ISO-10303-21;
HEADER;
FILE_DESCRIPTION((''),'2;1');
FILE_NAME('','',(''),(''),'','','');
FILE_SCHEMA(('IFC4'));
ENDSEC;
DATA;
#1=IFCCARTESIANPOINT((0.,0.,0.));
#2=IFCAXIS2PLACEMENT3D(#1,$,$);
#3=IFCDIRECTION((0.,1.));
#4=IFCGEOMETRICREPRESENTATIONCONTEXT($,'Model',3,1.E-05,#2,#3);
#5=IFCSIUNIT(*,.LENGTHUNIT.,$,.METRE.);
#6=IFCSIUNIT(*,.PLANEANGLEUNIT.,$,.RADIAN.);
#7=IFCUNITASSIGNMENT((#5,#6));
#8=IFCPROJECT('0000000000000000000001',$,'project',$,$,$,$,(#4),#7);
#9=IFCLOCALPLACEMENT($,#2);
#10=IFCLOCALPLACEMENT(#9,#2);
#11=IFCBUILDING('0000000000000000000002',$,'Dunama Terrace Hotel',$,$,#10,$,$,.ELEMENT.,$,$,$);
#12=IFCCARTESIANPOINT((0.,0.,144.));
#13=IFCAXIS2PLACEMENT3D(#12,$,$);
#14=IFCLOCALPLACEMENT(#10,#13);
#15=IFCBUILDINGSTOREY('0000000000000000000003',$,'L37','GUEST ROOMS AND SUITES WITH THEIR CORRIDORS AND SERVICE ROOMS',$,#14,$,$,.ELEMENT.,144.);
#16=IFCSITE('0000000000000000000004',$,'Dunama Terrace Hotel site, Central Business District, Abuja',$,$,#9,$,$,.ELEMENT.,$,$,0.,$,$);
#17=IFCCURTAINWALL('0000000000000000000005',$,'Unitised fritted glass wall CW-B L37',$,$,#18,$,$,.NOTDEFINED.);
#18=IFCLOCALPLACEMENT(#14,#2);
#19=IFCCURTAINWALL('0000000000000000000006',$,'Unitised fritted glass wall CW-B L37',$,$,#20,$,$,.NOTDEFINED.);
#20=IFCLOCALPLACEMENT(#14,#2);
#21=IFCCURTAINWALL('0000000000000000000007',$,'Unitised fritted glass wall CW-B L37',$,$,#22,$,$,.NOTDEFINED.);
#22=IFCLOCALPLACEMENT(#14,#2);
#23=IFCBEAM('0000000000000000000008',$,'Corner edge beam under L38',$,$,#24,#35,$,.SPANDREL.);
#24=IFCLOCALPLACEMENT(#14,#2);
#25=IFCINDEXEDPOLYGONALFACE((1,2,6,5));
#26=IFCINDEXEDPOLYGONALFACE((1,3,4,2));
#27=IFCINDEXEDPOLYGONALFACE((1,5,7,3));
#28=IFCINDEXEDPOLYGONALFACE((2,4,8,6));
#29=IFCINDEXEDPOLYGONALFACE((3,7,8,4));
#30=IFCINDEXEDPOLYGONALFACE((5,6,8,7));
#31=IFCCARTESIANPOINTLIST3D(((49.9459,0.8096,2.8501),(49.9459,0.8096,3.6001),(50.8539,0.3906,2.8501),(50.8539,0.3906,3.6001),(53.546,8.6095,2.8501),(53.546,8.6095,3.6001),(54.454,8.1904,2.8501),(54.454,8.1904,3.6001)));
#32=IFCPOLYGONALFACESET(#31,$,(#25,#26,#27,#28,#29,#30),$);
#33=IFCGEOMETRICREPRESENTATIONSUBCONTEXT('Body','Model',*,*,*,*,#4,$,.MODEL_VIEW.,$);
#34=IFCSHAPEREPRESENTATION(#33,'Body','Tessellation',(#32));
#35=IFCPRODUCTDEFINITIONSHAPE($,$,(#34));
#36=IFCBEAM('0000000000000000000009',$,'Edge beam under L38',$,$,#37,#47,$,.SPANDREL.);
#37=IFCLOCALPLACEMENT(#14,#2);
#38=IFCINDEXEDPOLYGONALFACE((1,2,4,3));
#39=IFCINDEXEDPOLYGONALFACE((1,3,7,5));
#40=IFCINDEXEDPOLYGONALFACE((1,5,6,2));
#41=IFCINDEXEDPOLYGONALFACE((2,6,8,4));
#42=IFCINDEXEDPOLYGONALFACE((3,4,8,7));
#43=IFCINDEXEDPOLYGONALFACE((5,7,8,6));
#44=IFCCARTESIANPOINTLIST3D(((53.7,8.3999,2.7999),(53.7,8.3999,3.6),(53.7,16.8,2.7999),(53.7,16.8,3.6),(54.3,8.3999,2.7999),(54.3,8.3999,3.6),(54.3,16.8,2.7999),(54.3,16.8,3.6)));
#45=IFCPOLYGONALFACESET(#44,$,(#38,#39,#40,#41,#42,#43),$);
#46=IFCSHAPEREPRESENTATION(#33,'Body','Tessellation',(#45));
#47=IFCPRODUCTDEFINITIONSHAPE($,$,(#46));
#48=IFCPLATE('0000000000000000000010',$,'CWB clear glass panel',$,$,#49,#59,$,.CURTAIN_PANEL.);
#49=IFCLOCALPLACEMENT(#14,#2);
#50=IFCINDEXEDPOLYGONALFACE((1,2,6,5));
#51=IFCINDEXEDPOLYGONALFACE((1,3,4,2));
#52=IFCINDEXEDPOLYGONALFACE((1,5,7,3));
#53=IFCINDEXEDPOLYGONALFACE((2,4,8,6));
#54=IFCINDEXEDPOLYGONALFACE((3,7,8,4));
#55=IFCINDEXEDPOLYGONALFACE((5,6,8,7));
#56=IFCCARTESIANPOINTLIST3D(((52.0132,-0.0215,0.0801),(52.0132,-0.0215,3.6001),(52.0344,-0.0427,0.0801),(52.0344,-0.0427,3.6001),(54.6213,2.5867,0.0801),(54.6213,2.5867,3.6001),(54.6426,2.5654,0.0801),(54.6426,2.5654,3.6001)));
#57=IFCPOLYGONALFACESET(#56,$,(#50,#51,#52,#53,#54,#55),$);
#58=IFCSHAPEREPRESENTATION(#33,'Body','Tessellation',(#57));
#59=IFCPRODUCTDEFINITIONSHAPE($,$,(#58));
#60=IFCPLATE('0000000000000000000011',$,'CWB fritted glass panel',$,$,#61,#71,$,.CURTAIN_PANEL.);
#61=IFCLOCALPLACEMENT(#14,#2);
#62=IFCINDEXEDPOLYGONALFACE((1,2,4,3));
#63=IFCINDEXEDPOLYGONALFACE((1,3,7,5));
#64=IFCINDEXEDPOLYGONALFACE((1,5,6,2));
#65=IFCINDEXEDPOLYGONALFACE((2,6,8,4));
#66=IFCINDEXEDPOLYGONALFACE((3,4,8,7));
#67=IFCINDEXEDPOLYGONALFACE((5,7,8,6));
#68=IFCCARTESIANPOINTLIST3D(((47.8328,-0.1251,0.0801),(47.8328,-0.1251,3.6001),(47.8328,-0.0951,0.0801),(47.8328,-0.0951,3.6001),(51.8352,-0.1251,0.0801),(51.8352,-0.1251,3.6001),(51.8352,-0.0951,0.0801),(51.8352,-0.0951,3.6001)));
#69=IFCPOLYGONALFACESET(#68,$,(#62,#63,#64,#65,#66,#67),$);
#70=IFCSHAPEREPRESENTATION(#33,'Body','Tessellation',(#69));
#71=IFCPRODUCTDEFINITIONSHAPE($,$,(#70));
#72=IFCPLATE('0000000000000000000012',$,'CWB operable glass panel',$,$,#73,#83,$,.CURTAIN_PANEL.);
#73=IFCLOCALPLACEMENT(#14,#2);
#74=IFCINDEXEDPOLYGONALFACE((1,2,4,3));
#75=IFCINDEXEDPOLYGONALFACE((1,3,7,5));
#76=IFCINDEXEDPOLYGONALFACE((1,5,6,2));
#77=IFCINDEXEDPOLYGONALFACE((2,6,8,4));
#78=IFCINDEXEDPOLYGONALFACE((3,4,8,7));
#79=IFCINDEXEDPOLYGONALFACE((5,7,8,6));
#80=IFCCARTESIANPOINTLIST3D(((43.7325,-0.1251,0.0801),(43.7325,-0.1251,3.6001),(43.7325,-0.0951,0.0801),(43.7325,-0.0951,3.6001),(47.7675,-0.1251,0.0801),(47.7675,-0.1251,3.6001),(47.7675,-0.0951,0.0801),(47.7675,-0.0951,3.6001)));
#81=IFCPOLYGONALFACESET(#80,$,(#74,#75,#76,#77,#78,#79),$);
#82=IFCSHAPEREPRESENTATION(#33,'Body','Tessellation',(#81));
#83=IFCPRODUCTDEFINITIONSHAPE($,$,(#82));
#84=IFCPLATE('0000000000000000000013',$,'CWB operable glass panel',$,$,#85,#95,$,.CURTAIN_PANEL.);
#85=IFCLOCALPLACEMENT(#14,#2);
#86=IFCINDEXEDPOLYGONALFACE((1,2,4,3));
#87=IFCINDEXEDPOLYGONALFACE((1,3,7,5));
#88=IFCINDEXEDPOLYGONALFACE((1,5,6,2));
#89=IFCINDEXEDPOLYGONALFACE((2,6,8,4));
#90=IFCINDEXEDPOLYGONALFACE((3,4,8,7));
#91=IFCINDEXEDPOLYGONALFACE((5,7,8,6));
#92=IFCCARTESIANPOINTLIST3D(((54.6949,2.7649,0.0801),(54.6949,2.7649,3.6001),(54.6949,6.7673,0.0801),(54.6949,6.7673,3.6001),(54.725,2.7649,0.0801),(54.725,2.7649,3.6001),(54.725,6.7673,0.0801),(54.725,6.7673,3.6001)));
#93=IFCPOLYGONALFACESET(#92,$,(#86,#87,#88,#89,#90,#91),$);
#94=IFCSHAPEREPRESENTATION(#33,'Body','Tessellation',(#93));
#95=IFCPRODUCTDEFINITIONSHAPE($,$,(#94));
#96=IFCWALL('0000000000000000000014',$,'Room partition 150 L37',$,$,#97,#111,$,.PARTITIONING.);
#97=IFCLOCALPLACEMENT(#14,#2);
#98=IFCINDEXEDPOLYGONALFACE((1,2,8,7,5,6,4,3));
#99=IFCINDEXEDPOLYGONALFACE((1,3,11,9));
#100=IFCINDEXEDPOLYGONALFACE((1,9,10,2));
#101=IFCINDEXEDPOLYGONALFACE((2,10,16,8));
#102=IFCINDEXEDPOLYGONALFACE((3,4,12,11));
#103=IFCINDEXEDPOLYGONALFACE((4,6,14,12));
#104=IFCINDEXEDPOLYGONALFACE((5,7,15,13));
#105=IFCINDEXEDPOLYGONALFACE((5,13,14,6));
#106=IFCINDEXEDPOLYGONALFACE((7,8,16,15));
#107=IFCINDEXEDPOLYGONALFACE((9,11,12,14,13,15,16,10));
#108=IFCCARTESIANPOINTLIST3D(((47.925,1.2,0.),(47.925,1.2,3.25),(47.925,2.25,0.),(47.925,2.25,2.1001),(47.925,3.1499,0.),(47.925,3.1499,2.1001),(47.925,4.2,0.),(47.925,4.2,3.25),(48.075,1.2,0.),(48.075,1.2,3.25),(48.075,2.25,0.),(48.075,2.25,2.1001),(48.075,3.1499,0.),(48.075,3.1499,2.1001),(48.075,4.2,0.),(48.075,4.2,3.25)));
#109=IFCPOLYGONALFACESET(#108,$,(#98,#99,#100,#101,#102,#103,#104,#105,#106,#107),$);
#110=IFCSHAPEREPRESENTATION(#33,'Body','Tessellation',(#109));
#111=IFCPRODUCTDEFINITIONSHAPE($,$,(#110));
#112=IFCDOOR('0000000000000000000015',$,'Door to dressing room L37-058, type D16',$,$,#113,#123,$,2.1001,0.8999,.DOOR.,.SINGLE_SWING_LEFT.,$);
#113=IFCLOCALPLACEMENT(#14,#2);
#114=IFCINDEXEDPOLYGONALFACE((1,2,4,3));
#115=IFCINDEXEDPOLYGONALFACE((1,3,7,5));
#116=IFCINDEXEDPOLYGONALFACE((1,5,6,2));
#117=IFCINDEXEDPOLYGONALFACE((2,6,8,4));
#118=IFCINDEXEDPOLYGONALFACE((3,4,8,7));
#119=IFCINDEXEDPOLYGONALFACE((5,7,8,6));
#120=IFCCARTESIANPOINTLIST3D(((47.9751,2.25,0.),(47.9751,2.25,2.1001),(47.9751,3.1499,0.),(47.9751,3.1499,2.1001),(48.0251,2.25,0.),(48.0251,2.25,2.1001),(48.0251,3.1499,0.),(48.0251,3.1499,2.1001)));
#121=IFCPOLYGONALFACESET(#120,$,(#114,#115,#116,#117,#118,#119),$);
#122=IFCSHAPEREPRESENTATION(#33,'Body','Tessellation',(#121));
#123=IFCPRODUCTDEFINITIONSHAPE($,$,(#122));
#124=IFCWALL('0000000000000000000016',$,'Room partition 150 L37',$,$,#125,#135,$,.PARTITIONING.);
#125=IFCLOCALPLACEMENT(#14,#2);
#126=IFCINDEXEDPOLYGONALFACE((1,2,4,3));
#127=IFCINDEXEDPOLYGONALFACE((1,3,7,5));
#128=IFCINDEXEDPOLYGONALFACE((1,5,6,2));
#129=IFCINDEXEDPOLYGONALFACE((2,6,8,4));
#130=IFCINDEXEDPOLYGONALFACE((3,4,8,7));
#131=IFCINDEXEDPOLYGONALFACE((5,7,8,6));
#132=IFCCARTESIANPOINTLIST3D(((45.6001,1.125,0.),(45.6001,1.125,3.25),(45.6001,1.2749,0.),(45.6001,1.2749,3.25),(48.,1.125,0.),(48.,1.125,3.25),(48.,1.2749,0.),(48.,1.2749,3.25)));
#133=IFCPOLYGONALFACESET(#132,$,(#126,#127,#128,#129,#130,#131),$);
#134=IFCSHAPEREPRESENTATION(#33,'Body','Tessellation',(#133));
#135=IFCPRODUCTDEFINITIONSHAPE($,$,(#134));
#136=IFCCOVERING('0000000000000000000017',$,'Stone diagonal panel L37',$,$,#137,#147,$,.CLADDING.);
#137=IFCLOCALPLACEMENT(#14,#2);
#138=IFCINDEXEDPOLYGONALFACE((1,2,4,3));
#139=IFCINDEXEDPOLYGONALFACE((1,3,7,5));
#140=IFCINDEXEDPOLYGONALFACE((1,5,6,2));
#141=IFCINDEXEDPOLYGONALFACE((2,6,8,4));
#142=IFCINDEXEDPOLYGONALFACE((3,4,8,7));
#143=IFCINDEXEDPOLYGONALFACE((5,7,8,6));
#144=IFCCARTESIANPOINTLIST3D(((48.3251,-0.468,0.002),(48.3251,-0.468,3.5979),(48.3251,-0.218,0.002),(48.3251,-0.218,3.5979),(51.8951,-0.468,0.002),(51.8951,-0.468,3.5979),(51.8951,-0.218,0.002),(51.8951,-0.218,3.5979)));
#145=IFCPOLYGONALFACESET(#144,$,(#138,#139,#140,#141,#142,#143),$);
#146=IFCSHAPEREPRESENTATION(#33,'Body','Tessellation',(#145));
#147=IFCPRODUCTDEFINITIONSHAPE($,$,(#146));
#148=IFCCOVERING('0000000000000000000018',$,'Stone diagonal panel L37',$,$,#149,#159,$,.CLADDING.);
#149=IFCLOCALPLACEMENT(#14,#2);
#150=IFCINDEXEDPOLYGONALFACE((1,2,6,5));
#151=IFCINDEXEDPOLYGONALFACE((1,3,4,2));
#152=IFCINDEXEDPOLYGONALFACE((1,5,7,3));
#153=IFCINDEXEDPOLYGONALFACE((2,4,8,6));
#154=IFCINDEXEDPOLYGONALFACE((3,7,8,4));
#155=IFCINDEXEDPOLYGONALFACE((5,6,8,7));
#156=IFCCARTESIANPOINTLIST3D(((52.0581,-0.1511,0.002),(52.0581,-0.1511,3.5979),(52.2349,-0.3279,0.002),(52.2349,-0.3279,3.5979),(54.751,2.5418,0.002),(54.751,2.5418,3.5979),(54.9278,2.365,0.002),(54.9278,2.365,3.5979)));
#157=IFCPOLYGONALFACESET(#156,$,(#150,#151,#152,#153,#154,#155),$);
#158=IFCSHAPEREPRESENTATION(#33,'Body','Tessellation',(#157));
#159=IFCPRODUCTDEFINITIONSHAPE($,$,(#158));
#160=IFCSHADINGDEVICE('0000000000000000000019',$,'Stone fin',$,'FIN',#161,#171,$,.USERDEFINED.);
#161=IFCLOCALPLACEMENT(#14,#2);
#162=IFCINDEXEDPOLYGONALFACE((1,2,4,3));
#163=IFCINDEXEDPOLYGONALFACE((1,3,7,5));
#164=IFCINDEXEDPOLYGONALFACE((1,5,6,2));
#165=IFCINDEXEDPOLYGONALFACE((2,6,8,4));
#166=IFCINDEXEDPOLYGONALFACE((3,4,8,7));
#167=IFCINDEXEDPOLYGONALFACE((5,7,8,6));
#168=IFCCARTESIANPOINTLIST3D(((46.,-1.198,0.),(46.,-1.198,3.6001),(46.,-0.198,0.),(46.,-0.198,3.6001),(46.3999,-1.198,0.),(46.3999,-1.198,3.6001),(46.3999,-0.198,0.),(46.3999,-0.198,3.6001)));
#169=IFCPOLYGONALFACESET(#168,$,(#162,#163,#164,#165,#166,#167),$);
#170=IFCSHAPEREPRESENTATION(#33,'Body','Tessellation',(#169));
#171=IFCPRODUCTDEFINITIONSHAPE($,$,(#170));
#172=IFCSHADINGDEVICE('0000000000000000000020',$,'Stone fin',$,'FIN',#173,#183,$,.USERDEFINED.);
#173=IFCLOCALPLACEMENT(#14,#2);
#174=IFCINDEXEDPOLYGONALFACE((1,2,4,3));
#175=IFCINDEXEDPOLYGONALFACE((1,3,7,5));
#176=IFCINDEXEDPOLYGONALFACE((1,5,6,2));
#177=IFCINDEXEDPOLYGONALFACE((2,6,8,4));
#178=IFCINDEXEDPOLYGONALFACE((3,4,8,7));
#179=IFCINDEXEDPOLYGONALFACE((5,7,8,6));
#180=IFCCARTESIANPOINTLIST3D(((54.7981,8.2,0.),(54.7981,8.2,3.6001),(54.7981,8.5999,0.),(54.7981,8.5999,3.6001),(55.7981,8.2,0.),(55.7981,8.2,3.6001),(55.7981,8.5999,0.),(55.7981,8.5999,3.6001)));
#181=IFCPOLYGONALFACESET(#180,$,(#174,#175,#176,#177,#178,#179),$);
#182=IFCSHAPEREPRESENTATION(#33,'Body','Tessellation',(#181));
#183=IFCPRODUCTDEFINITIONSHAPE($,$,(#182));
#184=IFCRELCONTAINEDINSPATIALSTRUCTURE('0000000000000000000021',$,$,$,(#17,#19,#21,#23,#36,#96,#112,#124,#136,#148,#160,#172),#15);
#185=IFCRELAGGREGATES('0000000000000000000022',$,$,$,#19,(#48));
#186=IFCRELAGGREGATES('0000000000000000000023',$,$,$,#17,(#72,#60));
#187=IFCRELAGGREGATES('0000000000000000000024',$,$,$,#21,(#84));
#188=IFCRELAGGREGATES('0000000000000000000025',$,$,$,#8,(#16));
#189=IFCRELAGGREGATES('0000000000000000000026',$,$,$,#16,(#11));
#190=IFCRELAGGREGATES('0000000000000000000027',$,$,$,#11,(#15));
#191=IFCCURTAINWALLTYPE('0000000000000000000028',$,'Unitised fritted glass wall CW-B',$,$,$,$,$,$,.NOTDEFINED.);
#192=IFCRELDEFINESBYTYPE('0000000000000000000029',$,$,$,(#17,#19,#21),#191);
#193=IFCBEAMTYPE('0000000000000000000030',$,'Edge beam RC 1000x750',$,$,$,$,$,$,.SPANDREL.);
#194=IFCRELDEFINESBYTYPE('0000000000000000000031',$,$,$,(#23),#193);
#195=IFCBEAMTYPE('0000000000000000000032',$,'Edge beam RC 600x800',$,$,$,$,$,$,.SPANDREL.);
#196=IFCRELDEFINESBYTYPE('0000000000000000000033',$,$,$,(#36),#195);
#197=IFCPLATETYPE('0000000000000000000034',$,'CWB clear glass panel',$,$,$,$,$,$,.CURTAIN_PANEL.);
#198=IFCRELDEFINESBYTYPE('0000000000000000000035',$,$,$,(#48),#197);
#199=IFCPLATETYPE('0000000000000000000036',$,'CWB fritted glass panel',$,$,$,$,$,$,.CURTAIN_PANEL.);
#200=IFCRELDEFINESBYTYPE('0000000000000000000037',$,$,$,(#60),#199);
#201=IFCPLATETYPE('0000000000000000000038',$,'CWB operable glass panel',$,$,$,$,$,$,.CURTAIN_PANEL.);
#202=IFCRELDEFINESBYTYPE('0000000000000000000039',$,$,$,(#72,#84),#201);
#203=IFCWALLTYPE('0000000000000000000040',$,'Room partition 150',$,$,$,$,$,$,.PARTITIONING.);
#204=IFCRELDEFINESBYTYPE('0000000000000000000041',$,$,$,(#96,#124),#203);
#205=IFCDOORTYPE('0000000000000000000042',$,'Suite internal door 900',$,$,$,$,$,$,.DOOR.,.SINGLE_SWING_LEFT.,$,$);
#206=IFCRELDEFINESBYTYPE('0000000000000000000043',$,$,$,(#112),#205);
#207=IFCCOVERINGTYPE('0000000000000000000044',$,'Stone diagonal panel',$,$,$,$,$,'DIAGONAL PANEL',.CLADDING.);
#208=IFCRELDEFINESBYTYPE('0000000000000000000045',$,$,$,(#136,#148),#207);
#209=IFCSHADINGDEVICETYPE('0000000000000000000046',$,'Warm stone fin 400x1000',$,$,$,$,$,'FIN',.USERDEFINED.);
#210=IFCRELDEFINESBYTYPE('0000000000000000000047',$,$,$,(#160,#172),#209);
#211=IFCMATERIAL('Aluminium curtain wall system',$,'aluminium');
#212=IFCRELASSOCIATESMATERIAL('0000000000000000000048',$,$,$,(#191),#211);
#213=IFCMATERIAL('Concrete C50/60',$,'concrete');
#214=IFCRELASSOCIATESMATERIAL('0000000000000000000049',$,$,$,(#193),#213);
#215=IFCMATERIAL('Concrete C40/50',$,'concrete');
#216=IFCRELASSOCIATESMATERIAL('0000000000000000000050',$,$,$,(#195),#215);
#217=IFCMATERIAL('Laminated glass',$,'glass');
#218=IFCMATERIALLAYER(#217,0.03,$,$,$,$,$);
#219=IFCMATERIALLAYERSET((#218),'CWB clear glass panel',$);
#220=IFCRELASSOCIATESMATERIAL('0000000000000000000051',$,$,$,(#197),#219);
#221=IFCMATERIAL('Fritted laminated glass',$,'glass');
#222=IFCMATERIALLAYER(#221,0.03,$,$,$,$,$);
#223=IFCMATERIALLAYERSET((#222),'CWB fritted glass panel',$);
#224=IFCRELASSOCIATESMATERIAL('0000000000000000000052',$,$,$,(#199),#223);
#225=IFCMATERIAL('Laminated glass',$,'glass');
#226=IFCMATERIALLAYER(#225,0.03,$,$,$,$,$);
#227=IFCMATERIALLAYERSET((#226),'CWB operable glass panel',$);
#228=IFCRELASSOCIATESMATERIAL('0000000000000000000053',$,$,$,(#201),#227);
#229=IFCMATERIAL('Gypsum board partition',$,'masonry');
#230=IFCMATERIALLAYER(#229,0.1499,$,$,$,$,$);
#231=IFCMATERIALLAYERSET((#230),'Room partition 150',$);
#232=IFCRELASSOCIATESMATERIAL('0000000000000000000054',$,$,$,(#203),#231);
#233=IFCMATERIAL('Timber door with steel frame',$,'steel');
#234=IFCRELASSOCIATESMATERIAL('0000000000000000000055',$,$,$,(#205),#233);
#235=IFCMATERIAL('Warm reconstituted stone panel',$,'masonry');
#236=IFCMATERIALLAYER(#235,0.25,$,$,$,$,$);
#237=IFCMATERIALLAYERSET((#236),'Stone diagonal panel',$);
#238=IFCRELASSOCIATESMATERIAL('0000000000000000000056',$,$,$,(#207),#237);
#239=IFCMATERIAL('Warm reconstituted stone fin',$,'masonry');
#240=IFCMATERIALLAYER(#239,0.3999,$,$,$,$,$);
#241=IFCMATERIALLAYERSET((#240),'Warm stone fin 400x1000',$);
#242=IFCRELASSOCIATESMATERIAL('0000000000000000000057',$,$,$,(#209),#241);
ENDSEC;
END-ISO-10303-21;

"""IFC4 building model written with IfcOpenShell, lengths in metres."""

from ifc_helpers import new_model, si_unit, direction, frame, frame_2d, origin, origin_2d, place, context, subcontext, project, spatial, rectangle, extrude, material, layer, layer_set, material_profile, profile_set, type_object, element, fill, aggregate, save


model = new_model("IFC4")

# Units and contexts
model_context = context("Model", 3, precision=1e-05, world=origin(), true_north=direction((0.0, 1.0)))
body_context = subcontext(model_context, "Body", "Model", "MODEL_VIEW")
ifc_project = project(units=[si_unit("LENGTHUNIT", "METRE"), si_unit("PLANEANGLEUNIT", "RADIAN")], contexts=[model_context])

# Site, building, storey
site_placement = place(None, origin())
site = spatial("IfcSite", under=ifc_project, at=site_placement, Name="Dunama Terrace Hotel site, Central Business District, Abuja", CompositionType="ELEMENT", RefElevation=0.0)
building_placement = place(site_placement, origin())
building = spatial("IfcBuilding", under=site, at=building_placement, Name="Dunama Terrace Hotel", CompositionType="ELEMENT")
storey_placement = place(building_placement, frame((0.0, 0.0, 144.0)))
storey = spatial("IfcBuildingStorey", under=building, at=storey_placement, Name="L37", Description="GUEST ROOMS AND SUITES WITH THEIR CORRIDORS AND SERVICE ROOMS", CompositionType="ELEMENT", Elevation=144.0)

# Curtain walls
ifc_material_1 = material(Name="Aluminium curtain wall system", Category="aluminium")
curtain_wall_type = type_object("IfcCurtainWallType", Name="Unitised fritted glass wall CW-B", PredefinedType="NOTDEFINED", material=ifc_material_1)
curtain_wall_1_placement = place(storey_placement, origin())
curtain_wall_1 = element("IfcCurtainWall", 1, at=curtain_wall_1_placement, inside=storey, type_object=curtain_wall_type, Name="Unitised fritted glass wall CW-B L37", PredefinedType="NOTDEFINED")
curtain_wall_2_placement = place(storey_placement, origin())
curtain_wall_2 = element("IfcCurtainWall", 2, at=curtain_wall_2_placement, inside=storey, type_object=curtain_wall_type, Name="Unitised fritted glass wall CW-B L37", PredefinedType="NOTDEFINED")
curtain_wall_3_placement = place(storey_placement, origin())
curtain_wall_3 = element("IfcCurtainWall", 3, at=curtain_wall_3_placement, inside=storey, type_object=curtain_wall_type, Name="Unitised fritted glass wall CW-B L37", PredefinedType="NOTDEFINED")

# Beams
ifc_material_2 = material(Name="Concrete C50/60", Category="concrete")
ifc_material_profile_1 = material_profile(ifc_material_2, rectangle(XDim=1.0, YDim=0.75, at=origin_2d()), Name="RC 1000x750")
ifc_profile_set_1 = profile_set([ifc_material_profile_1], Name="Concrete C50/60")
beam_type_1 = type_object("IfcBeamType", Name="Edge beam RC 1000x750", PredefinedType="SPANDREL", material=ifc_profile_set_1)
beam_1_placement = place(storey_placement, frame((50.3999, 0.6001, 3.2251), z_axis=(0.419076, 0.907951, 0.0), x_axis=(-0.907951, 0.419076, 0.0)))
element("IfcBeam", 4, at=beam_1_placement, inside=storey, type_object=beam_type_1, Name="Corner edge beam under L38", PredefinedType="SPANDREL", context=body_context, shape_type="SweptSolid", body=[
    extrude(rectangle(XDim=1.0, YDim=0.75, at=origin_2d()), origin(), (0.0, 0.0, 1.0), 8.5906),
])
ifc_material_3 = material(Name="Concrete C40/50", Category="concrete")
ifc_material_profile_2 = material_profile(ifc_material_3, rectangle(XDim=0.6001, YDim=0.8, at=origin_2d()), Name="RC 600x800")
ifc_profile_set_2 = profile_set([ifc_material_profile_2], Name="Concrete C40/50")
beam_type_2 = type_object("IfcBeamType", Name="Edge beam RC 600x800", PredefinedType="SPANDREL", material=ifc_profile_set_2)
beam_2_placement = place(storey_placement, frame((54.0, 8.3999, 3.2), z_axis=(0.0, 1.0, 0.0), x_axis=(-1.0, 0.0, 0.0)))
element("IfcBeam", 5, at=beam_2_placement, inside=storey, type_object=beam_type_2, Name="Edge beam under L38", PredefinedType="SPANDREL", context=body_context, shape_type="SweptSolid", body=[
    extrude(rectangle(XDim=0.6001, YDim=0.8, at=origin_2d()), origin(), (0.0, 0.0, 1.0), 8.4001),
])

# Plates
ifc_material_4 = material(Name="Laminated glass", Category="glass")
ifc_layer_1 = layer(ifc_material_4, 0.03)
ifc_layer_set_1 = layer_set([ifc_layer_1], Name="CWB clear glass panel")
plate_type_1 = type_object("IfcPlateType", Name="CWB clear glass panel", PredefinedType="CURTAIN_PANEL", material=ifc_layer_set_1)
plate_1_placement = place(storey_placement, frame((53.3279, 1.272, 0.0801), z_axis=(0.0, 0.0, 1.0), x_axis=(0.707107, 0.707107, 0.0)))
plate_1 = element("IfcPlate", 6, at=plate_1_placement, type_object=plate_type_1, Name="CWB clear glass panel", PredefinedType="CURTAIN_PANEL", context=body_context, shape_type="SweptSolid", body=[
    extrude(rectangle(XDim=3.6885, YDim=0.03, at=origin_2d()), origin(), (0.0, 0.0, 1.0), 3.52),
])
aggregate(curtain_wall_2, [plate_1])
ifc_material_5 = material(Name="Fritted laminated glass", Category="glass")
ifc_layer_2 = layer(ifc_material_5, 0.03)
ifc_layer_set_2 = layer_set([ifc_layer_2], Name="CWB fritted glass panel")
plate_type_2 = type_object("IfcPlateType", Name="CWB fritted glass panel", PredefinedType="CURTAIN_PANEL", material=ifc_layer_set_2)
plate_2_placement = place(storey_placement, frame((49.834, -0.1101, 0.0801), z_axis=(0.0, 0.0, 1.0), x_axis=(1.0, 0.0, 0.0)))
plate_2 = element("IfcPlate", 7, at=plate_2_placement, type_object=plate_type_2, Name="CWB fritted glass panel", PredefinedType="CURTAIN_PANEL", context=body_context, shape_type="SweptSolid", body=[
    extrude(rectangle(XDim=4.0024, YDim=0.03, at=origin_2d()), origin(), (0.0, 0.0, 1.0), 3.52),
])
ifc_material_6 = material(Name="Laminated glass", Category="glass")
ifc_layer_3 = layer(ifc_material_6, 0.03)
ifc_layer_set_3 = layer_set([ifc_layer_3], Name="CWB operable glass panel")
plate_type_3 = type_object("IfcPlateType", Name="CWB operable glass panel", PredefinedType="CURTAIN_PANEL", material=ifc_layer_set_3)
plate_3_placement = place(storey_placement, frame((45.75, -0.1101, 0.0801), z_axis=(0.0, 0.0, 1.0), x_axis=(1.0, 0.0, 0.0)))
plate_3 = element("IfcPlate", 8, at=plate_3_placement, type_object=plate_type_3, Name="CWB operable glass panel", PredefinedType="CURTAIN_PANEL", context=body_context, shape_type="SweptSolid", body=[
    extrude(rectangle(XDim=4.0349, YDim=0.03, at=origin_2d()), origin(), (0.0, 0.0, 1.0), 3.52),
])
aggregate(curtain_wall_1, [plate_3, plate_2])
plate_4_placement = place(storey_placement, frame((54.71, 4.7661, 0.0801), z_axis=(0.0, 0.0, 1.0), x_axis=(0.0, 1.0, 0.0)))
plate_4 = element("IfcPlate", 9, at=plate_4_placement, type_object=plate_type_3, Name="CWB operable glass panel", PredefinedType="CURTAIN_PANEL", context=body_context, shape_type="SweptSolid", body=[
    extrude(rectangle(XDim=4.0024, YDim=0.03, at=origin_2d()), origin(), (0.0, 0.0, 1.0), 3.52),
])
aggregate(curtain_wall_3, [plate_4])

# Wall, opening, door
ifc_material_7 = material(Name="Gypsum board partition", Category="masonry")
ifc_layer_4 = layer(ifc_material_7, 0.1499)
ifc_layer_set_4 = layer_set([ifc_layer_4], Name="Room partition 150")
wall_type = type_object("IfcWallType", Name="Room partition 150", PredefinedType="PARTITIONING", material=ifc_layer_set_4)
wall_1_placement = place(storey_placement, frame((48.0, 1.2, 0.0), z_axis=(0.0, 0.0, 1.0), x_axis=(0.0, 1.0, 0.0)))
wall_1 = element("IfcWall", 10, at=wall_1_placement, inside=storey, type_object=wall_type, Name="Room partition 150 L37", PredefinedType="PARTITIONING", context=body_context, shape_type="SweptSolid", body=[
    extrude(rectangle(XDim=3.0, YDim=0.1499, at=frame_2d((1.5, 0.0))), origin(), (0.0, 0.0, 1.0), 3.25),
])
opening_placement = place(wall_1_placement, frame((1.05, 0.0, 0.0)))
opening = element("IfcOpeningElement", 11, at=opening_placement, cuts=wall_1, PredefinedType="OPENING", context=body_context, shape_type="SweptSolid", body=[
    extrude(rectangle(XDim=0.8999, YDim=2.1001, at=frame_2d((0.45, 1.05))), frame((0.0, 0.085, 0.0), z_axis=(0.0, -1.0, 0.0), x_axis=(1.0, 0.0, 0.0)), (0.0, 0.0, 1.0), 0.1699),
])
ifc_material_8 = material(Name="Timber door with steel frame", Category="steel")
door_type = type_object("IfcDoorType", Name="Suite internal door 900", OperationType="SINGLE_SWING_LEFT", PredefinedType="DOOR", material=ifc_material_8)
door_placement = place(opening_placement, origin())
door = element("IfcDoor", 12, at=door_placement, inside=storey, type_object=door_type, Name="Door to dressing room L37-058, type D16", OperationType="SINGLE_SWING_LEFT", OverallHeight=2.1001, OverallWidth=0.8999, PredefinedType="DOOR", context=body_context, shape_type="SweptSolid", body=[
    extrude(rectangle(XDim=0.8999, YDim=2.1001, at=frame_2d((0.45, 1.05))), frame((0.0, 0.0249, 0.0), z_axis=(0.0, -1.0, 0.0), x_axis=(1.0, 0.0, 0.0)), (0.0, 0.0, 1.0), 0.05),
])
fill(opening, door)

# Wall
wall_2_placement = place(storey_placement, frame((45.6001, 1.2, 0.0), z_axis=(0.0, 0.0, 1.0), x_axis=(1.0, 0.0, 0.0)))
element("IfcWall", 13, at=wall_2_placement, inside=storey, type_object=wall_type, Name="Room partition 150 L37", PredefinedType="PARTITIONING", context=body_context, shape_type="SweptSolid", body=[
    extrude(rectangle(XDim=2.3999, YDim=0.1499, at=frame_2d((1.2, 0.0))), origin(), (0.0, 0.0, 1.0), 3.25),
])

# Coverings
ifc_material_9 = material(Name="Warm reconstituted stone panel", Category="masonry")
ifc_layer_5 = layer(ifc_material_9, 0.25)
ifc_layer_set_5 = layer_set([ifc_layer_5], Name="Stone diagonal panel")
covering_type = type_object("IfcCoveringType", Name="Stone diagonal panel", ElementType="DIAGONAL PANEL", PredefinedType="CLADDING", material=ifc_layer_set_5)
covering_1_placement = place(storey_placement, frame((50.1101, -0.343, 0.002), z_axis=(0.0, 0.0, 1.0), x_axis=(1.0, 0.0, 0.0)))
element("IfcCovering", 14, at=covering_1_placement, inside=storey, type_object=covering_type, Name="Stone diagonal panel L37", PredefinedType="CLADDING", context=body_context, shape_type="SweptSolid", body=[
    extrude(rectangle(XDim=3.5701, YDim=0.25, at=origin_2d()), origin(), (0.0, 0.0, 1.0), 3.5959),
])
covering_2_placement = place(storey_placement, frame((53.4929, 1.1069, 0.002), z_axis=(0.0, 0.0, 1.0), x_axis=(0.707107, 0.707107, 0.0)))
element("IfcCovering", 15, at=covering_2_placement, inside=storey, type_object=covering_type, Name="Stone diagonal panel L37", PredefinedType="CLADDING", context=body_context, shape_type="SweptSolid", body=[
    extrude(rectangle(XDim=3.8083, YDim=0.25, at=origin_2d()), origin(), (0.0, 0.0, 1.0), 3.5959),
])

# Shading devices
ifc_material_10 = material(Name="Warm reconstituted stone fin", Category="masonry")
ifc_layer_6 = layer(ifc_material_10, 0.3999)
ifc_layer_set_6 = layer_set([ifc_layer_6], Name="Warm stone fin 400x1000")
shading_device_type = type_object("IfcShadingDeviceType", Name="Warm stone fin 400x1000", ElementType="FIN", PredefinedType="USERDEFINED", material=ifc_layer_set_6)
for number, where, z_axis, x_axis, name in (
    (16, (46.2, -0.698, 0.0), (0.0, 0.0, 1.0), (1.0, 0.0, 0.0), "Stone fin"),
    (17, (55.2981, 8.3999, 0.0), (0.0, 0.0, 1.0), (0.0, 1.0, 0.0), "Stone fin"),
):
    element("IfcShadingDevice", number, at=place(storey_placement, frame(where, z_axis=z_axis, x_axis=x_axis)), inside=storey, type_object=shading_device_type, Name=name, ObjectType="FIN", PredefinedType="USERDEFINED", context=body_context, shape_type="SweptSolid", body=[
        extrude(rectangle(XDim=0.3999, YDim=1.0, at=origin_2d()), origin(), (0.0, 0.0, 1.0), 3.6001),
    ])

save(model, "model.ifc")
